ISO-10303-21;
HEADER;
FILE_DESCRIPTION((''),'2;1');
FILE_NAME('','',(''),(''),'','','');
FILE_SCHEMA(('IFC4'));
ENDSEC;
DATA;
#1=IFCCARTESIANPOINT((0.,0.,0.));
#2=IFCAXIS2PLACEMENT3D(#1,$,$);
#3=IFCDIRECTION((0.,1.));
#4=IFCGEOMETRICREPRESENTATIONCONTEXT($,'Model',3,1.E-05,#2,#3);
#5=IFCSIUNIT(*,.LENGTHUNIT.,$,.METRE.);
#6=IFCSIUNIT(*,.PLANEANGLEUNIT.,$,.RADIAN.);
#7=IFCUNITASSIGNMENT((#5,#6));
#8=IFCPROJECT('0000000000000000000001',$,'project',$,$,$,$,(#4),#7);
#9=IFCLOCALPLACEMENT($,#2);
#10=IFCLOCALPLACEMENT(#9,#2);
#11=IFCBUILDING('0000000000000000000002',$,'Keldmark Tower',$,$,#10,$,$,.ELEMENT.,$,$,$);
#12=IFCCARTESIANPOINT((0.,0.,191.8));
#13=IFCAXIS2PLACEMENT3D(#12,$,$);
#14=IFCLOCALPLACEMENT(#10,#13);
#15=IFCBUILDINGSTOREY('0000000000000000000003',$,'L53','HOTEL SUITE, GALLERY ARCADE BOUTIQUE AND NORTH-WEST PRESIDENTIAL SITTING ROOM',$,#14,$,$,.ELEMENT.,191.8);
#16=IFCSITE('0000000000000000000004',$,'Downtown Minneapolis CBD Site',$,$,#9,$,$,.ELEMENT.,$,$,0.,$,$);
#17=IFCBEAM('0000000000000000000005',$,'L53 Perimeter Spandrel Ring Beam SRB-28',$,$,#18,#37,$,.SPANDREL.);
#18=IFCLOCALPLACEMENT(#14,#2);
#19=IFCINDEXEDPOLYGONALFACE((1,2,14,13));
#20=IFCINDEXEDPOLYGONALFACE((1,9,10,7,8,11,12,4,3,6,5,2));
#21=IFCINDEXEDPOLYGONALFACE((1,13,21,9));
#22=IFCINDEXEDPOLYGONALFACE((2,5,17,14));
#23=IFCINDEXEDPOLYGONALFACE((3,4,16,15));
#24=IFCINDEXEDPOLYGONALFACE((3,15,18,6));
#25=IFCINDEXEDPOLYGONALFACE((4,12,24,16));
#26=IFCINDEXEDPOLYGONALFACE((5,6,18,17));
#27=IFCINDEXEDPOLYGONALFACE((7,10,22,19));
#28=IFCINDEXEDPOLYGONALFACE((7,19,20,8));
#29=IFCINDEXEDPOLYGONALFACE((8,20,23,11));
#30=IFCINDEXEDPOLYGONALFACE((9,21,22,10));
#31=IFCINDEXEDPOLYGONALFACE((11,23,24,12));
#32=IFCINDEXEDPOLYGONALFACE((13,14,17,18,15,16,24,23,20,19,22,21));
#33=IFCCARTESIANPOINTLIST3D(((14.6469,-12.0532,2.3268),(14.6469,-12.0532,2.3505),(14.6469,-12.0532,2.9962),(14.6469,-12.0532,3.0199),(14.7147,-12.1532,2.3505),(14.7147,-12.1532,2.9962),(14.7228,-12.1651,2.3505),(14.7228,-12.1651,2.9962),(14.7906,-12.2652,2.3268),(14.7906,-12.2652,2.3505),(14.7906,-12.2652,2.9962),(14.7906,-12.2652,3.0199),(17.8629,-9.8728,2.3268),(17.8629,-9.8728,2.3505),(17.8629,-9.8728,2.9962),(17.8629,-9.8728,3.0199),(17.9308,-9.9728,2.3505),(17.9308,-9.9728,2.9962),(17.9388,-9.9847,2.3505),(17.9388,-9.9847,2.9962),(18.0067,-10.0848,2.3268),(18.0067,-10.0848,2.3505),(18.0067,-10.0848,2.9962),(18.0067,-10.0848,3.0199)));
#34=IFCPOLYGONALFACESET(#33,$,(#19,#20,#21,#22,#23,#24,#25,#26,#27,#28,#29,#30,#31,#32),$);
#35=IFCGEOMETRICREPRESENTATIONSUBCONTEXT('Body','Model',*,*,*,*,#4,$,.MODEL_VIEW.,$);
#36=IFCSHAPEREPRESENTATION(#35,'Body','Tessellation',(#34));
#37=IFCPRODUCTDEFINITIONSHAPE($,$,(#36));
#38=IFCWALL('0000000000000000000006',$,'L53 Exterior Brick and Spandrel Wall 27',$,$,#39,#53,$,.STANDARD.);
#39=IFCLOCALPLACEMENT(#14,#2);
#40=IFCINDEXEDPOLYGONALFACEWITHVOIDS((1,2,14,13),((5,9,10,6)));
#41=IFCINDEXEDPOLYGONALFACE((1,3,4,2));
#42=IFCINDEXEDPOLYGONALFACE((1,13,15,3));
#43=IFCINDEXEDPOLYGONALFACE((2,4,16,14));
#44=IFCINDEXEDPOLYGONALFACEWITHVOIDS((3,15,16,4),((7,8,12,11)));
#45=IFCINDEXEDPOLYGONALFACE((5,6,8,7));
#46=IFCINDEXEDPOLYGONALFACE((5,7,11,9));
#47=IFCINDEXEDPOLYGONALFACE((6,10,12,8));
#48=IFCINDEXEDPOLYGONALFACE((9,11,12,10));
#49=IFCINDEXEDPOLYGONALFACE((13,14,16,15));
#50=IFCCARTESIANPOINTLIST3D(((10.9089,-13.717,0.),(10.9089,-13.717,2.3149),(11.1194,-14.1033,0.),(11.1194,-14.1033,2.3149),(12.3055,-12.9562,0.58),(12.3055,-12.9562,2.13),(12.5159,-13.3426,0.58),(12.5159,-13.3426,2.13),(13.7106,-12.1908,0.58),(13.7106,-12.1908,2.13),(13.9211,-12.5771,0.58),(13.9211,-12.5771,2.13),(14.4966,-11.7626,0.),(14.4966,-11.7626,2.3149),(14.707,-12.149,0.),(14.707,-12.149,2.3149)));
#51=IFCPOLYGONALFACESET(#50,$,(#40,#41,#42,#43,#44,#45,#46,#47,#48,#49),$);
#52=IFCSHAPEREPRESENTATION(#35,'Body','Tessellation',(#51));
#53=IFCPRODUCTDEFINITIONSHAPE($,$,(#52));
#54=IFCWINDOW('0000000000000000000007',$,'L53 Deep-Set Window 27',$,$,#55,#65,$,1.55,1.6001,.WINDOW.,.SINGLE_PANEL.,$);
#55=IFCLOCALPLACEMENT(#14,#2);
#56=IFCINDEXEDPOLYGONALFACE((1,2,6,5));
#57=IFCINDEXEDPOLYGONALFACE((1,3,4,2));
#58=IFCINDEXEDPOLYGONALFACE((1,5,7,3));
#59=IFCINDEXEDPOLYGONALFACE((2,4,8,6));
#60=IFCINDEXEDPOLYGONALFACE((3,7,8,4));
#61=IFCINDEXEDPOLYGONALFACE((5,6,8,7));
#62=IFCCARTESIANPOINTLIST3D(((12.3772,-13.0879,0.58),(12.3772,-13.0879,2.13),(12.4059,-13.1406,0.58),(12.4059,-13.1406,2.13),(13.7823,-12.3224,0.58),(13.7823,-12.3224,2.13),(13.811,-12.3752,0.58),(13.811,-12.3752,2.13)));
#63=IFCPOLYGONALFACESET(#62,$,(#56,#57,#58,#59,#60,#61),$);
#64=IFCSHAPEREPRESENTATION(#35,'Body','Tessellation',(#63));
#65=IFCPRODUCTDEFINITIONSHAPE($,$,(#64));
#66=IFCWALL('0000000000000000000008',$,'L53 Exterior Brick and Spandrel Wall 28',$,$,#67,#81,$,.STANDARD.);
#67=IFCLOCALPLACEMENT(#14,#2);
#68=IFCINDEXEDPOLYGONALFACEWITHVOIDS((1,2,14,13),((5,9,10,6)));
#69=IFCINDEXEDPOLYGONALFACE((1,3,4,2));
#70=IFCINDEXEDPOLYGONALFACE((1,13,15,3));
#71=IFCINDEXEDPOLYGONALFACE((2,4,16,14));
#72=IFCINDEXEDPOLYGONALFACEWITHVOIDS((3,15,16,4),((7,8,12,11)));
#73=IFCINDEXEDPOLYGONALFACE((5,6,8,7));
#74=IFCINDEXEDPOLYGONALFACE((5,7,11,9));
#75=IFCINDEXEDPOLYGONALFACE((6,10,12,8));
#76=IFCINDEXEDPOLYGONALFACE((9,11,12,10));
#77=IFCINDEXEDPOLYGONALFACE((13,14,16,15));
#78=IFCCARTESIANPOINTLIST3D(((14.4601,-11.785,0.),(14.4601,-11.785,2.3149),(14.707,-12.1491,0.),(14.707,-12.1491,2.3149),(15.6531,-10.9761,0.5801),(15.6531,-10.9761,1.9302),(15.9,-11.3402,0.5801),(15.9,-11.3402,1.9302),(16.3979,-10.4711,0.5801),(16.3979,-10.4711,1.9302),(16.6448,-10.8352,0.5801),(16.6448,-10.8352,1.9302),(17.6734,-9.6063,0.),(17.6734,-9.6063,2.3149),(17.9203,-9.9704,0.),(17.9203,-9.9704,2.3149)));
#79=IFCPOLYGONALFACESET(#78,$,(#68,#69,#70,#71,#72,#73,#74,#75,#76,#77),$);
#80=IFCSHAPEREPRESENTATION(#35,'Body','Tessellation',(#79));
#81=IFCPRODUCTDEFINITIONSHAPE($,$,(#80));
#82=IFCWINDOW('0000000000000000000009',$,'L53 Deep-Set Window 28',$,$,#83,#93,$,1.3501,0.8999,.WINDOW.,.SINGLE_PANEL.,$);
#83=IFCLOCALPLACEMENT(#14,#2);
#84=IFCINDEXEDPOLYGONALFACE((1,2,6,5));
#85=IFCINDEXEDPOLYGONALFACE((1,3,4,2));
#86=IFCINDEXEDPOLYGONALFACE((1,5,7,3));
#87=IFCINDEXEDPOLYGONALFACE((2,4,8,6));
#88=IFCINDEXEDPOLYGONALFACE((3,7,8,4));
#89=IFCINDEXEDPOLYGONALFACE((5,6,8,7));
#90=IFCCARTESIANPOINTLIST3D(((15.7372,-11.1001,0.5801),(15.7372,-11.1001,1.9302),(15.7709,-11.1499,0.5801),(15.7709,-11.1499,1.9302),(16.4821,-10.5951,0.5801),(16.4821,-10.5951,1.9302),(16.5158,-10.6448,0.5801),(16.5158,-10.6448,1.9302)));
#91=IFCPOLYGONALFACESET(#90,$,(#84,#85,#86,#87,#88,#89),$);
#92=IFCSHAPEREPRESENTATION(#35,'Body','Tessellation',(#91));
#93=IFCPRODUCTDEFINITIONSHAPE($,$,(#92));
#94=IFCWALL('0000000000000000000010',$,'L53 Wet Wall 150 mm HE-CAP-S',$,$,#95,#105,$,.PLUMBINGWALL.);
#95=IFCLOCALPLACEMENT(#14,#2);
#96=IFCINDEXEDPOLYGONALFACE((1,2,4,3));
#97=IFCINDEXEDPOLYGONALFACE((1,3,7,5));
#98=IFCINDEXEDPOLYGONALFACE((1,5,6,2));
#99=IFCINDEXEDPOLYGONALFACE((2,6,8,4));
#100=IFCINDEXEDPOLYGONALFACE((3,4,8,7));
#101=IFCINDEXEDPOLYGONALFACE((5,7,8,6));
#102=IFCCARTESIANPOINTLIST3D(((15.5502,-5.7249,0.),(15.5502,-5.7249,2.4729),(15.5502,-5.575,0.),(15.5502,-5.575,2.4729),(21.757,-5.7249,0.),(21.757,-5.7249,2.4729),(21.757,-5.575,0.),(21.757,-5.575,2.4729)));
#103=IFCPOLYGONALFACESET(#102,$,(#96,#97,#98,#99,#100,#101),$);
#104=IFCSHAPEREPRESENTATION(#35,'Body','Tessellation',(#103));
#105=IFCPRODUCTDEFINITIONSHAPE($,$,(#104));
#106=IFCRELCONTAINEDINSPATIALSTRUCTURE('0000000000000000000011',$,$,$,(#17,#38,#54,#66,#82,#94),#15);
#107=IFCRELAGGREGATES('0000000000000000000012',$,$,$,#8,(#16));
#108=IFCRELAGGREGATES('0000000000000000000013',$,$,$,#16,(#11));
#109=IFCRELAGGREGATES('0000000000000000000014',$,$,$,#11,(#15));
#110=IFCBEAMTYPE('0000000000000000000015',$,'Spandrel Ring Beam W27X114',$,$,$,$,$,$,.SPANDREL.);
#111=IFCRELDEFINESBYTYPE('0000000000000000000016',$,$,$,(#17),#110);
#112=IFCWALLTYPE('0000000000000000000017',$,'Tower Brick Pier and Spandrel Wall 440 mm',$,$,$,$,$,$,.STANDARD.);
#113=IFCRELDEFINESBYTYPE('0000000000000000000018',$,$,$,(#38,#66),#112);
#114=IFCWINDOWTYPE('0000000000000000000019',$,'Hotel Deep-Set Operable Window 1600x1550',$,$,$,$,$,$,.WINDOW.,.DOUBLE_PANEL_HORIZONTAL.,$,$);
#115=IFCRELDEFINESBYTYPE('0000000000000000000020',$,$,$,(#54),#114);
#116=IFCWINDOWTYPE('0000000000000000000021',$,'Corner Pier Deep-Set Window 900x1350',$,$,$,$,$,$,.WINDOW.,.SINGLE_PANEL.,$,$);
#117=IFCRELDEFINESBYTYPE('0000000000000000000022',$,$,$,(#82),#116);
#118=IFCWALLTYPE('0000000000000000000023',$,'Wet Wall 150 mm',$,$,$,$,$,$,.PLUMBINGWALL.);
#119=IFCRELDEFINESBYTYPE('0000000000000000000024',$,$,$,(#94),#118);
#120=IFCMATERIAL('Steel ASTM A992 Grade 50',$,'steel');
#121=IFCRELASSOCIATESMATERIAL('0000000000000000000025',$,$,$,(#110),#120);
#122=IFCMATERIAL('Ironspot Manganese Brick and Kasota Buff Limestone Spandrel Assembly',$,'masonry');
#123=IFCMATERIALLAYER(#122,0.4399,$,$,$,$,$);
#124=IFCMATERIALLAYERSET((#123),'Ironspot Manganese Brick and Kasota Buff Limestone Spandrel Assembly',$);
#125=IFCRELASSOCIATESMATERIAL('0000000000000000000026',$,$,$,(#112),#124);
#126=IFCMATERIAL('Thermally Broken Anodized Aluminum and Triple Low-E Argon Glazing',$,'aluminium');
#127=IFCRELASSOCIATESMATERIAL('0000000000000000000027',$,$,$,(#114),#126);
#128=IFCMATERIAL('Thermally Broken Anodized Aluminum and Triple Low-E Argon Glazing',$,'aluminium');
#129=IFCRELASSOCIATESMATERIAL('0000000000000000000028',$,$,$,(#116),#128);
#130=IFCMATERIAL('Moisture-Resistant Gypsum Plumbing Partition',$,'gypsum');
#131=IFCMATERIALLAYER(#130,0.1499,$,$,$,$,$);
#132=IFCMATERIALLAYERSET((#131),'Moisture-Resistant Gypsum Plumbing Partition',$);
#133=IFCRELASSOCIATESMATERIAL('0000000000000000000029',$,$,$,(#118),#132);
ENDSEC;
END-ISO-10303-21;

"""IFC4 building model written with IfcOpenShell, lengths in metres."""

from ifc_helpers import new_model, si_unit, direction, frame, frame_2d, origin, origin_2d, place, context, subcontext, project, spatial, rectangle, i_section, extrude, material, layer, layer_set, material_profile, profile_set, type_object, element, fill, save


model = new_model("IFC4")

# Units and contexts
model_context = context("Model", 3, precision=1e-05, world=origin(), true_north=direction((0.0, 1.0)))
body_context = subcontext(model_context, "Body", "Model", "MODEL_VIEW")
ifc_project = project(units=[si_unit("LENGTHUNIT", "METRE"), si_unit("PLANEANGLEUNIT", "RADIAN")], contexts=[model_context])

# Site, building, storey
site_placement = place(None, origin())
site = spatial("IfcSite", under=ifc_project, at=site_placement, Name="Downtown Minneapolis CBD Site", CompositionType="ELEMENT", RefElevation=0.0)
building_placement = place(site_placement, origin())
building = spatial("IfcBuilding", under=site, at=building_placement, Name="Keldmark Tower", CompositionType="ELEMENT")
storey_placement = place(building_placement, frame((0.0, 0.0, 191.8)))
storey = spatial("IfcBuildingStorey", under=building, at=storey_placement, Name="L53", Description="HOTEL SUITE, GALLERY ARCADE BOUTIQUE AND NORTH-WEST PRESIDENTIAL SITTING ROOM", CompositionType="ELEMENT", Elevation=191.8)

# Beam
ifc_material_1 = material(Name="Steel ASTM A992 Grade 50", Category="steel")
ifc_material_profile_1 = material_profile(ifc_material_1, i_section(OverallWidth=0.2561, OverallDepth=0.6931, WebThickness=0.0144, FlangeThickness=0.0237, at=origin_2d()), Name="W27X114")
ifc_profile_set_1 = profile_set([ifc_material_profile_1], Name="Steel ASTM A992 Grade 50")
beam_type_1 = type_object("IfcBeamType", Name="Spandrel Ring Beam W27X114", PredefinedType="SPANDREL", material=ifc_profile_set_1)
beam_1_placement = place(storey_placement, frame((14.7188, -12.1592, 2.6733), z_axis=(0.827704, 0.561165, 0.0), x_axis=(-0.561165, 0.827704, 0.0)))
element("IfcBeam", 1, at=beam_1_placement, inside=storey, type_object=beam_type_1, Name="L53 Perimeter Spandrel Ring Beam SRB-28", PredefinedType="SPANDREL", context=body_context, shape_type="SweptSolid", body=[
    extrude(i_section(OverallWidth=0.2561, OverallDepth=0.6931, WebThickness=0.0144, FlangeThickness=0.0237, at=origin_2d()), origin(), (0.0, 0.0, 1.0), 3.8855),
])

# Walls, openings, windows
ifc_material_2 = material(Name="Ironspot Manganese Brick and Kasota Buff Limestone Spandrel Assembly", Category="masonry")
ifc_layer_1 = layer(ifc_material_2, 0.4399)
ifc_layer_set_1 = layer_set([ifc_layer_1], Name="Ironspot Manganese Brick and Kasota Buff Limestone Spandrel Assembly")
wall_type_1 = type_object("IfcWallType", Name="Tower Brick Pier and Spandrel Wall 440 mm", PredefinedType="STANDARD", material=ifc_layer_set_1)
wall_1_placement = place(storey_placement, frame((14.6018, -11.9558, 0.0), z_axis=(0.0, 0.0, 1.0), x_axis=(-0.878158, -0.478371, 0.0)))
wall_1 = element("IfcWall", 2, at=wall_1_placement, inside=storey, type_object=wall_type_1, Name="L53 Exterior Brick and Spandrel Wall 27", PredefinedType="STANDARD", context=body_context, shape_type="SweptSolid", body=[
    extrude(rectangle(XDim=4.0854, YDim=0.4399, at=frame_2d((2.0427, 0.0))), origin(), (0.0, 0.0, 1.0), 2.3149),
])
opening_1_placement = place(wall_1_placement, frame((0.895, 0.0, 0.5801)))
opening_1 = element("IfcOpeningElement", 3, at=opening_1_placement, cuts=wall_1, PredefinedType="OPENING", context=body_context, shape_type="SweptSolid", body=[
    extrude(rectangle(XDim=1.6001, YDim=1.55, at=frame_2d((0.8, 0.7749))), frame((0.0, 0.23, 0.0), z_axis=(0.0, -1.0, 0.0), x_axis=(1.0, 0.0, 0.0)), (0.0, 0.0, 1.0), 0.46),
])
ifc_material_3 = material(Name="Thermally Broken Anodized Aluminum and Triple Low-E Argon Glazing", Category="aluminium")
window_type_1 = type_object("IfcWindowType", Name="Hotel Deep-Set Operable Window 1600x1550", PartitioningType="DOUBLE_PANEL_HORIZONTAL", PredefinedType="WINDOW", material=ifc_material_3)
window_1_placement = place(opening_1_placement, origin())
window_1 = element("IfcWindow", 4, at=window_1_placement, inside=storey, type_object=window_type_1, Name="L53 Deep-Set Window 27", OverallHeight=1.55, OverallWidth=1.6001, PartitioningType="SINGLE_PANEL", PredefinedType="WINDOW", context=body_context, shape_type="SweptSolid", body=[
    extrude(rectangle(XDim=1.6001, YDim=1.55, at=frame_2d((0.8, 0.7749))), frame((0.0, -0.01, 0.0), z_axis=(0.0, -1.0, 0.0), x_axis=(1.0, 0.0, 0.0)), (0.0, 0.0, 1.0), 0.0601),
])
fill(opening_1, window_1)
wall_2_placement = place(storey_placement, frame((17.7969, -9.7883, 0.0), z_axis=(0.0, 0.0, 1.0), x_axis=(-0.827691, -0.561185, 0.0)))
wall_2 = element("IfcWall", 5, at=wall_2_placement, inside=storey, type_object=wall_type_1, Name="L53 Exterior Brick and Spandrel Wall 28", PredefinedType="STANDARD", context=body_context, shape_type="SweptSolid", body=[
    extrude(rectangle(XDim=3.8823, YDim=0.4399, at=frame_2d((1.9412, 0.0))), origin(), (0.0, 0.0, 1.0), 2.3149),
])
opening_2_placement = place(wall_2_placement, frame((1.541, 0.0, 0.5801)))
opening_2 = element("IfcOpeningElement", 6, at=opening_2_placement, cuts=wall_2, PredefinedType="OPENING", context=body_context, shape_type="SweptSolid", body=[
    extrude(rectangle(XDim=0.8999, YDim=1.3501, at=frame_2d((0.45, 0.675))), frame((0.0, 0.23, 0.0), z_axis=(0.0, -1.0, 0.0), x_axis=(1.0, 0.0, 0.0)), (0.0, 0.0, 1.0), 0.46),
])
ifc_material_4 = material(Name="Thermally Broken Anodized Aluminum and Triple Low-E Argon Glazing", Category="aluminium")
window_type_2 = type_object("IfcWindowType", Name="Corner Pier Deep-Set Window 900x1350", PartitioningType="SINGLE_PANEL", PredefinedType="WINDOW", material=ifc_material_4)
window_2_placement = place(opening_2_placement, origin())
window_2 = element("IfcWindow", 7, at=window_2_placement, inside=storey, type_object=window_type_2, Name="L53 Deep-Set Window 28", OverallHeight=1.3501, OverallWidth=0.8999, PartitioningType="SINGLE_PANEL", PredefinedType="WINDOW", context=body_context, shape_type="SweptSolid", body=[
    extrude(rectangle(XDim=0.8999, YDim=1.3501, at=frame_2d((0.45, 0.675))), frame((0.0, -0.01, 0.0), z_axis=(0.0, -1.0, 0.0), x_axis=(1.0, 0.0, 0.0)), (0.0, 0.0, 1.0), 0.0601),
])
fill(opening_2, window_2)

# Wall
ifc_material_5 = material(Name="Moisture-Resistant Gypsum Plumbing Partition", Category="gypsum")
ifc_layer_2 = layer(ifc_material_5, 0.1499)
ifc_layer_set_2 = layer_set([ifc_layer_2], Name="Moisture-Resistant Gypsum Plumbing Partition")
wall_type_2 = type_object("IfcWallType", Name="Wet Wall 150 mm", PredefinedType="PLUMBINGWALL", material=ifc_layer_set_2)
wall_3_placement = place(storey_placement, frame((15.55, -5.6499, 0.0), z_axis=(0.0, 0.0, 1.0), x_axis=(1.0, 0.0, 0.0)))
element("IfcWall", 8, at=wall_3_placement, inside=storey, type_object=wall_type_2, Name="L53 Wet Wall 150 mm HE-CAP-S", PredefinedType="PLUMBINGWALL", context=body_context, shape_type="SweptSolid", body=[
    extrude(rectangle(XDim=6.2068, YDim=0.1499, at=frame_2d((3.1035, 0.0))), origin(), (0.0, 0.0, 1.0), 2.4729),
])

save(model, "model.ifc")
